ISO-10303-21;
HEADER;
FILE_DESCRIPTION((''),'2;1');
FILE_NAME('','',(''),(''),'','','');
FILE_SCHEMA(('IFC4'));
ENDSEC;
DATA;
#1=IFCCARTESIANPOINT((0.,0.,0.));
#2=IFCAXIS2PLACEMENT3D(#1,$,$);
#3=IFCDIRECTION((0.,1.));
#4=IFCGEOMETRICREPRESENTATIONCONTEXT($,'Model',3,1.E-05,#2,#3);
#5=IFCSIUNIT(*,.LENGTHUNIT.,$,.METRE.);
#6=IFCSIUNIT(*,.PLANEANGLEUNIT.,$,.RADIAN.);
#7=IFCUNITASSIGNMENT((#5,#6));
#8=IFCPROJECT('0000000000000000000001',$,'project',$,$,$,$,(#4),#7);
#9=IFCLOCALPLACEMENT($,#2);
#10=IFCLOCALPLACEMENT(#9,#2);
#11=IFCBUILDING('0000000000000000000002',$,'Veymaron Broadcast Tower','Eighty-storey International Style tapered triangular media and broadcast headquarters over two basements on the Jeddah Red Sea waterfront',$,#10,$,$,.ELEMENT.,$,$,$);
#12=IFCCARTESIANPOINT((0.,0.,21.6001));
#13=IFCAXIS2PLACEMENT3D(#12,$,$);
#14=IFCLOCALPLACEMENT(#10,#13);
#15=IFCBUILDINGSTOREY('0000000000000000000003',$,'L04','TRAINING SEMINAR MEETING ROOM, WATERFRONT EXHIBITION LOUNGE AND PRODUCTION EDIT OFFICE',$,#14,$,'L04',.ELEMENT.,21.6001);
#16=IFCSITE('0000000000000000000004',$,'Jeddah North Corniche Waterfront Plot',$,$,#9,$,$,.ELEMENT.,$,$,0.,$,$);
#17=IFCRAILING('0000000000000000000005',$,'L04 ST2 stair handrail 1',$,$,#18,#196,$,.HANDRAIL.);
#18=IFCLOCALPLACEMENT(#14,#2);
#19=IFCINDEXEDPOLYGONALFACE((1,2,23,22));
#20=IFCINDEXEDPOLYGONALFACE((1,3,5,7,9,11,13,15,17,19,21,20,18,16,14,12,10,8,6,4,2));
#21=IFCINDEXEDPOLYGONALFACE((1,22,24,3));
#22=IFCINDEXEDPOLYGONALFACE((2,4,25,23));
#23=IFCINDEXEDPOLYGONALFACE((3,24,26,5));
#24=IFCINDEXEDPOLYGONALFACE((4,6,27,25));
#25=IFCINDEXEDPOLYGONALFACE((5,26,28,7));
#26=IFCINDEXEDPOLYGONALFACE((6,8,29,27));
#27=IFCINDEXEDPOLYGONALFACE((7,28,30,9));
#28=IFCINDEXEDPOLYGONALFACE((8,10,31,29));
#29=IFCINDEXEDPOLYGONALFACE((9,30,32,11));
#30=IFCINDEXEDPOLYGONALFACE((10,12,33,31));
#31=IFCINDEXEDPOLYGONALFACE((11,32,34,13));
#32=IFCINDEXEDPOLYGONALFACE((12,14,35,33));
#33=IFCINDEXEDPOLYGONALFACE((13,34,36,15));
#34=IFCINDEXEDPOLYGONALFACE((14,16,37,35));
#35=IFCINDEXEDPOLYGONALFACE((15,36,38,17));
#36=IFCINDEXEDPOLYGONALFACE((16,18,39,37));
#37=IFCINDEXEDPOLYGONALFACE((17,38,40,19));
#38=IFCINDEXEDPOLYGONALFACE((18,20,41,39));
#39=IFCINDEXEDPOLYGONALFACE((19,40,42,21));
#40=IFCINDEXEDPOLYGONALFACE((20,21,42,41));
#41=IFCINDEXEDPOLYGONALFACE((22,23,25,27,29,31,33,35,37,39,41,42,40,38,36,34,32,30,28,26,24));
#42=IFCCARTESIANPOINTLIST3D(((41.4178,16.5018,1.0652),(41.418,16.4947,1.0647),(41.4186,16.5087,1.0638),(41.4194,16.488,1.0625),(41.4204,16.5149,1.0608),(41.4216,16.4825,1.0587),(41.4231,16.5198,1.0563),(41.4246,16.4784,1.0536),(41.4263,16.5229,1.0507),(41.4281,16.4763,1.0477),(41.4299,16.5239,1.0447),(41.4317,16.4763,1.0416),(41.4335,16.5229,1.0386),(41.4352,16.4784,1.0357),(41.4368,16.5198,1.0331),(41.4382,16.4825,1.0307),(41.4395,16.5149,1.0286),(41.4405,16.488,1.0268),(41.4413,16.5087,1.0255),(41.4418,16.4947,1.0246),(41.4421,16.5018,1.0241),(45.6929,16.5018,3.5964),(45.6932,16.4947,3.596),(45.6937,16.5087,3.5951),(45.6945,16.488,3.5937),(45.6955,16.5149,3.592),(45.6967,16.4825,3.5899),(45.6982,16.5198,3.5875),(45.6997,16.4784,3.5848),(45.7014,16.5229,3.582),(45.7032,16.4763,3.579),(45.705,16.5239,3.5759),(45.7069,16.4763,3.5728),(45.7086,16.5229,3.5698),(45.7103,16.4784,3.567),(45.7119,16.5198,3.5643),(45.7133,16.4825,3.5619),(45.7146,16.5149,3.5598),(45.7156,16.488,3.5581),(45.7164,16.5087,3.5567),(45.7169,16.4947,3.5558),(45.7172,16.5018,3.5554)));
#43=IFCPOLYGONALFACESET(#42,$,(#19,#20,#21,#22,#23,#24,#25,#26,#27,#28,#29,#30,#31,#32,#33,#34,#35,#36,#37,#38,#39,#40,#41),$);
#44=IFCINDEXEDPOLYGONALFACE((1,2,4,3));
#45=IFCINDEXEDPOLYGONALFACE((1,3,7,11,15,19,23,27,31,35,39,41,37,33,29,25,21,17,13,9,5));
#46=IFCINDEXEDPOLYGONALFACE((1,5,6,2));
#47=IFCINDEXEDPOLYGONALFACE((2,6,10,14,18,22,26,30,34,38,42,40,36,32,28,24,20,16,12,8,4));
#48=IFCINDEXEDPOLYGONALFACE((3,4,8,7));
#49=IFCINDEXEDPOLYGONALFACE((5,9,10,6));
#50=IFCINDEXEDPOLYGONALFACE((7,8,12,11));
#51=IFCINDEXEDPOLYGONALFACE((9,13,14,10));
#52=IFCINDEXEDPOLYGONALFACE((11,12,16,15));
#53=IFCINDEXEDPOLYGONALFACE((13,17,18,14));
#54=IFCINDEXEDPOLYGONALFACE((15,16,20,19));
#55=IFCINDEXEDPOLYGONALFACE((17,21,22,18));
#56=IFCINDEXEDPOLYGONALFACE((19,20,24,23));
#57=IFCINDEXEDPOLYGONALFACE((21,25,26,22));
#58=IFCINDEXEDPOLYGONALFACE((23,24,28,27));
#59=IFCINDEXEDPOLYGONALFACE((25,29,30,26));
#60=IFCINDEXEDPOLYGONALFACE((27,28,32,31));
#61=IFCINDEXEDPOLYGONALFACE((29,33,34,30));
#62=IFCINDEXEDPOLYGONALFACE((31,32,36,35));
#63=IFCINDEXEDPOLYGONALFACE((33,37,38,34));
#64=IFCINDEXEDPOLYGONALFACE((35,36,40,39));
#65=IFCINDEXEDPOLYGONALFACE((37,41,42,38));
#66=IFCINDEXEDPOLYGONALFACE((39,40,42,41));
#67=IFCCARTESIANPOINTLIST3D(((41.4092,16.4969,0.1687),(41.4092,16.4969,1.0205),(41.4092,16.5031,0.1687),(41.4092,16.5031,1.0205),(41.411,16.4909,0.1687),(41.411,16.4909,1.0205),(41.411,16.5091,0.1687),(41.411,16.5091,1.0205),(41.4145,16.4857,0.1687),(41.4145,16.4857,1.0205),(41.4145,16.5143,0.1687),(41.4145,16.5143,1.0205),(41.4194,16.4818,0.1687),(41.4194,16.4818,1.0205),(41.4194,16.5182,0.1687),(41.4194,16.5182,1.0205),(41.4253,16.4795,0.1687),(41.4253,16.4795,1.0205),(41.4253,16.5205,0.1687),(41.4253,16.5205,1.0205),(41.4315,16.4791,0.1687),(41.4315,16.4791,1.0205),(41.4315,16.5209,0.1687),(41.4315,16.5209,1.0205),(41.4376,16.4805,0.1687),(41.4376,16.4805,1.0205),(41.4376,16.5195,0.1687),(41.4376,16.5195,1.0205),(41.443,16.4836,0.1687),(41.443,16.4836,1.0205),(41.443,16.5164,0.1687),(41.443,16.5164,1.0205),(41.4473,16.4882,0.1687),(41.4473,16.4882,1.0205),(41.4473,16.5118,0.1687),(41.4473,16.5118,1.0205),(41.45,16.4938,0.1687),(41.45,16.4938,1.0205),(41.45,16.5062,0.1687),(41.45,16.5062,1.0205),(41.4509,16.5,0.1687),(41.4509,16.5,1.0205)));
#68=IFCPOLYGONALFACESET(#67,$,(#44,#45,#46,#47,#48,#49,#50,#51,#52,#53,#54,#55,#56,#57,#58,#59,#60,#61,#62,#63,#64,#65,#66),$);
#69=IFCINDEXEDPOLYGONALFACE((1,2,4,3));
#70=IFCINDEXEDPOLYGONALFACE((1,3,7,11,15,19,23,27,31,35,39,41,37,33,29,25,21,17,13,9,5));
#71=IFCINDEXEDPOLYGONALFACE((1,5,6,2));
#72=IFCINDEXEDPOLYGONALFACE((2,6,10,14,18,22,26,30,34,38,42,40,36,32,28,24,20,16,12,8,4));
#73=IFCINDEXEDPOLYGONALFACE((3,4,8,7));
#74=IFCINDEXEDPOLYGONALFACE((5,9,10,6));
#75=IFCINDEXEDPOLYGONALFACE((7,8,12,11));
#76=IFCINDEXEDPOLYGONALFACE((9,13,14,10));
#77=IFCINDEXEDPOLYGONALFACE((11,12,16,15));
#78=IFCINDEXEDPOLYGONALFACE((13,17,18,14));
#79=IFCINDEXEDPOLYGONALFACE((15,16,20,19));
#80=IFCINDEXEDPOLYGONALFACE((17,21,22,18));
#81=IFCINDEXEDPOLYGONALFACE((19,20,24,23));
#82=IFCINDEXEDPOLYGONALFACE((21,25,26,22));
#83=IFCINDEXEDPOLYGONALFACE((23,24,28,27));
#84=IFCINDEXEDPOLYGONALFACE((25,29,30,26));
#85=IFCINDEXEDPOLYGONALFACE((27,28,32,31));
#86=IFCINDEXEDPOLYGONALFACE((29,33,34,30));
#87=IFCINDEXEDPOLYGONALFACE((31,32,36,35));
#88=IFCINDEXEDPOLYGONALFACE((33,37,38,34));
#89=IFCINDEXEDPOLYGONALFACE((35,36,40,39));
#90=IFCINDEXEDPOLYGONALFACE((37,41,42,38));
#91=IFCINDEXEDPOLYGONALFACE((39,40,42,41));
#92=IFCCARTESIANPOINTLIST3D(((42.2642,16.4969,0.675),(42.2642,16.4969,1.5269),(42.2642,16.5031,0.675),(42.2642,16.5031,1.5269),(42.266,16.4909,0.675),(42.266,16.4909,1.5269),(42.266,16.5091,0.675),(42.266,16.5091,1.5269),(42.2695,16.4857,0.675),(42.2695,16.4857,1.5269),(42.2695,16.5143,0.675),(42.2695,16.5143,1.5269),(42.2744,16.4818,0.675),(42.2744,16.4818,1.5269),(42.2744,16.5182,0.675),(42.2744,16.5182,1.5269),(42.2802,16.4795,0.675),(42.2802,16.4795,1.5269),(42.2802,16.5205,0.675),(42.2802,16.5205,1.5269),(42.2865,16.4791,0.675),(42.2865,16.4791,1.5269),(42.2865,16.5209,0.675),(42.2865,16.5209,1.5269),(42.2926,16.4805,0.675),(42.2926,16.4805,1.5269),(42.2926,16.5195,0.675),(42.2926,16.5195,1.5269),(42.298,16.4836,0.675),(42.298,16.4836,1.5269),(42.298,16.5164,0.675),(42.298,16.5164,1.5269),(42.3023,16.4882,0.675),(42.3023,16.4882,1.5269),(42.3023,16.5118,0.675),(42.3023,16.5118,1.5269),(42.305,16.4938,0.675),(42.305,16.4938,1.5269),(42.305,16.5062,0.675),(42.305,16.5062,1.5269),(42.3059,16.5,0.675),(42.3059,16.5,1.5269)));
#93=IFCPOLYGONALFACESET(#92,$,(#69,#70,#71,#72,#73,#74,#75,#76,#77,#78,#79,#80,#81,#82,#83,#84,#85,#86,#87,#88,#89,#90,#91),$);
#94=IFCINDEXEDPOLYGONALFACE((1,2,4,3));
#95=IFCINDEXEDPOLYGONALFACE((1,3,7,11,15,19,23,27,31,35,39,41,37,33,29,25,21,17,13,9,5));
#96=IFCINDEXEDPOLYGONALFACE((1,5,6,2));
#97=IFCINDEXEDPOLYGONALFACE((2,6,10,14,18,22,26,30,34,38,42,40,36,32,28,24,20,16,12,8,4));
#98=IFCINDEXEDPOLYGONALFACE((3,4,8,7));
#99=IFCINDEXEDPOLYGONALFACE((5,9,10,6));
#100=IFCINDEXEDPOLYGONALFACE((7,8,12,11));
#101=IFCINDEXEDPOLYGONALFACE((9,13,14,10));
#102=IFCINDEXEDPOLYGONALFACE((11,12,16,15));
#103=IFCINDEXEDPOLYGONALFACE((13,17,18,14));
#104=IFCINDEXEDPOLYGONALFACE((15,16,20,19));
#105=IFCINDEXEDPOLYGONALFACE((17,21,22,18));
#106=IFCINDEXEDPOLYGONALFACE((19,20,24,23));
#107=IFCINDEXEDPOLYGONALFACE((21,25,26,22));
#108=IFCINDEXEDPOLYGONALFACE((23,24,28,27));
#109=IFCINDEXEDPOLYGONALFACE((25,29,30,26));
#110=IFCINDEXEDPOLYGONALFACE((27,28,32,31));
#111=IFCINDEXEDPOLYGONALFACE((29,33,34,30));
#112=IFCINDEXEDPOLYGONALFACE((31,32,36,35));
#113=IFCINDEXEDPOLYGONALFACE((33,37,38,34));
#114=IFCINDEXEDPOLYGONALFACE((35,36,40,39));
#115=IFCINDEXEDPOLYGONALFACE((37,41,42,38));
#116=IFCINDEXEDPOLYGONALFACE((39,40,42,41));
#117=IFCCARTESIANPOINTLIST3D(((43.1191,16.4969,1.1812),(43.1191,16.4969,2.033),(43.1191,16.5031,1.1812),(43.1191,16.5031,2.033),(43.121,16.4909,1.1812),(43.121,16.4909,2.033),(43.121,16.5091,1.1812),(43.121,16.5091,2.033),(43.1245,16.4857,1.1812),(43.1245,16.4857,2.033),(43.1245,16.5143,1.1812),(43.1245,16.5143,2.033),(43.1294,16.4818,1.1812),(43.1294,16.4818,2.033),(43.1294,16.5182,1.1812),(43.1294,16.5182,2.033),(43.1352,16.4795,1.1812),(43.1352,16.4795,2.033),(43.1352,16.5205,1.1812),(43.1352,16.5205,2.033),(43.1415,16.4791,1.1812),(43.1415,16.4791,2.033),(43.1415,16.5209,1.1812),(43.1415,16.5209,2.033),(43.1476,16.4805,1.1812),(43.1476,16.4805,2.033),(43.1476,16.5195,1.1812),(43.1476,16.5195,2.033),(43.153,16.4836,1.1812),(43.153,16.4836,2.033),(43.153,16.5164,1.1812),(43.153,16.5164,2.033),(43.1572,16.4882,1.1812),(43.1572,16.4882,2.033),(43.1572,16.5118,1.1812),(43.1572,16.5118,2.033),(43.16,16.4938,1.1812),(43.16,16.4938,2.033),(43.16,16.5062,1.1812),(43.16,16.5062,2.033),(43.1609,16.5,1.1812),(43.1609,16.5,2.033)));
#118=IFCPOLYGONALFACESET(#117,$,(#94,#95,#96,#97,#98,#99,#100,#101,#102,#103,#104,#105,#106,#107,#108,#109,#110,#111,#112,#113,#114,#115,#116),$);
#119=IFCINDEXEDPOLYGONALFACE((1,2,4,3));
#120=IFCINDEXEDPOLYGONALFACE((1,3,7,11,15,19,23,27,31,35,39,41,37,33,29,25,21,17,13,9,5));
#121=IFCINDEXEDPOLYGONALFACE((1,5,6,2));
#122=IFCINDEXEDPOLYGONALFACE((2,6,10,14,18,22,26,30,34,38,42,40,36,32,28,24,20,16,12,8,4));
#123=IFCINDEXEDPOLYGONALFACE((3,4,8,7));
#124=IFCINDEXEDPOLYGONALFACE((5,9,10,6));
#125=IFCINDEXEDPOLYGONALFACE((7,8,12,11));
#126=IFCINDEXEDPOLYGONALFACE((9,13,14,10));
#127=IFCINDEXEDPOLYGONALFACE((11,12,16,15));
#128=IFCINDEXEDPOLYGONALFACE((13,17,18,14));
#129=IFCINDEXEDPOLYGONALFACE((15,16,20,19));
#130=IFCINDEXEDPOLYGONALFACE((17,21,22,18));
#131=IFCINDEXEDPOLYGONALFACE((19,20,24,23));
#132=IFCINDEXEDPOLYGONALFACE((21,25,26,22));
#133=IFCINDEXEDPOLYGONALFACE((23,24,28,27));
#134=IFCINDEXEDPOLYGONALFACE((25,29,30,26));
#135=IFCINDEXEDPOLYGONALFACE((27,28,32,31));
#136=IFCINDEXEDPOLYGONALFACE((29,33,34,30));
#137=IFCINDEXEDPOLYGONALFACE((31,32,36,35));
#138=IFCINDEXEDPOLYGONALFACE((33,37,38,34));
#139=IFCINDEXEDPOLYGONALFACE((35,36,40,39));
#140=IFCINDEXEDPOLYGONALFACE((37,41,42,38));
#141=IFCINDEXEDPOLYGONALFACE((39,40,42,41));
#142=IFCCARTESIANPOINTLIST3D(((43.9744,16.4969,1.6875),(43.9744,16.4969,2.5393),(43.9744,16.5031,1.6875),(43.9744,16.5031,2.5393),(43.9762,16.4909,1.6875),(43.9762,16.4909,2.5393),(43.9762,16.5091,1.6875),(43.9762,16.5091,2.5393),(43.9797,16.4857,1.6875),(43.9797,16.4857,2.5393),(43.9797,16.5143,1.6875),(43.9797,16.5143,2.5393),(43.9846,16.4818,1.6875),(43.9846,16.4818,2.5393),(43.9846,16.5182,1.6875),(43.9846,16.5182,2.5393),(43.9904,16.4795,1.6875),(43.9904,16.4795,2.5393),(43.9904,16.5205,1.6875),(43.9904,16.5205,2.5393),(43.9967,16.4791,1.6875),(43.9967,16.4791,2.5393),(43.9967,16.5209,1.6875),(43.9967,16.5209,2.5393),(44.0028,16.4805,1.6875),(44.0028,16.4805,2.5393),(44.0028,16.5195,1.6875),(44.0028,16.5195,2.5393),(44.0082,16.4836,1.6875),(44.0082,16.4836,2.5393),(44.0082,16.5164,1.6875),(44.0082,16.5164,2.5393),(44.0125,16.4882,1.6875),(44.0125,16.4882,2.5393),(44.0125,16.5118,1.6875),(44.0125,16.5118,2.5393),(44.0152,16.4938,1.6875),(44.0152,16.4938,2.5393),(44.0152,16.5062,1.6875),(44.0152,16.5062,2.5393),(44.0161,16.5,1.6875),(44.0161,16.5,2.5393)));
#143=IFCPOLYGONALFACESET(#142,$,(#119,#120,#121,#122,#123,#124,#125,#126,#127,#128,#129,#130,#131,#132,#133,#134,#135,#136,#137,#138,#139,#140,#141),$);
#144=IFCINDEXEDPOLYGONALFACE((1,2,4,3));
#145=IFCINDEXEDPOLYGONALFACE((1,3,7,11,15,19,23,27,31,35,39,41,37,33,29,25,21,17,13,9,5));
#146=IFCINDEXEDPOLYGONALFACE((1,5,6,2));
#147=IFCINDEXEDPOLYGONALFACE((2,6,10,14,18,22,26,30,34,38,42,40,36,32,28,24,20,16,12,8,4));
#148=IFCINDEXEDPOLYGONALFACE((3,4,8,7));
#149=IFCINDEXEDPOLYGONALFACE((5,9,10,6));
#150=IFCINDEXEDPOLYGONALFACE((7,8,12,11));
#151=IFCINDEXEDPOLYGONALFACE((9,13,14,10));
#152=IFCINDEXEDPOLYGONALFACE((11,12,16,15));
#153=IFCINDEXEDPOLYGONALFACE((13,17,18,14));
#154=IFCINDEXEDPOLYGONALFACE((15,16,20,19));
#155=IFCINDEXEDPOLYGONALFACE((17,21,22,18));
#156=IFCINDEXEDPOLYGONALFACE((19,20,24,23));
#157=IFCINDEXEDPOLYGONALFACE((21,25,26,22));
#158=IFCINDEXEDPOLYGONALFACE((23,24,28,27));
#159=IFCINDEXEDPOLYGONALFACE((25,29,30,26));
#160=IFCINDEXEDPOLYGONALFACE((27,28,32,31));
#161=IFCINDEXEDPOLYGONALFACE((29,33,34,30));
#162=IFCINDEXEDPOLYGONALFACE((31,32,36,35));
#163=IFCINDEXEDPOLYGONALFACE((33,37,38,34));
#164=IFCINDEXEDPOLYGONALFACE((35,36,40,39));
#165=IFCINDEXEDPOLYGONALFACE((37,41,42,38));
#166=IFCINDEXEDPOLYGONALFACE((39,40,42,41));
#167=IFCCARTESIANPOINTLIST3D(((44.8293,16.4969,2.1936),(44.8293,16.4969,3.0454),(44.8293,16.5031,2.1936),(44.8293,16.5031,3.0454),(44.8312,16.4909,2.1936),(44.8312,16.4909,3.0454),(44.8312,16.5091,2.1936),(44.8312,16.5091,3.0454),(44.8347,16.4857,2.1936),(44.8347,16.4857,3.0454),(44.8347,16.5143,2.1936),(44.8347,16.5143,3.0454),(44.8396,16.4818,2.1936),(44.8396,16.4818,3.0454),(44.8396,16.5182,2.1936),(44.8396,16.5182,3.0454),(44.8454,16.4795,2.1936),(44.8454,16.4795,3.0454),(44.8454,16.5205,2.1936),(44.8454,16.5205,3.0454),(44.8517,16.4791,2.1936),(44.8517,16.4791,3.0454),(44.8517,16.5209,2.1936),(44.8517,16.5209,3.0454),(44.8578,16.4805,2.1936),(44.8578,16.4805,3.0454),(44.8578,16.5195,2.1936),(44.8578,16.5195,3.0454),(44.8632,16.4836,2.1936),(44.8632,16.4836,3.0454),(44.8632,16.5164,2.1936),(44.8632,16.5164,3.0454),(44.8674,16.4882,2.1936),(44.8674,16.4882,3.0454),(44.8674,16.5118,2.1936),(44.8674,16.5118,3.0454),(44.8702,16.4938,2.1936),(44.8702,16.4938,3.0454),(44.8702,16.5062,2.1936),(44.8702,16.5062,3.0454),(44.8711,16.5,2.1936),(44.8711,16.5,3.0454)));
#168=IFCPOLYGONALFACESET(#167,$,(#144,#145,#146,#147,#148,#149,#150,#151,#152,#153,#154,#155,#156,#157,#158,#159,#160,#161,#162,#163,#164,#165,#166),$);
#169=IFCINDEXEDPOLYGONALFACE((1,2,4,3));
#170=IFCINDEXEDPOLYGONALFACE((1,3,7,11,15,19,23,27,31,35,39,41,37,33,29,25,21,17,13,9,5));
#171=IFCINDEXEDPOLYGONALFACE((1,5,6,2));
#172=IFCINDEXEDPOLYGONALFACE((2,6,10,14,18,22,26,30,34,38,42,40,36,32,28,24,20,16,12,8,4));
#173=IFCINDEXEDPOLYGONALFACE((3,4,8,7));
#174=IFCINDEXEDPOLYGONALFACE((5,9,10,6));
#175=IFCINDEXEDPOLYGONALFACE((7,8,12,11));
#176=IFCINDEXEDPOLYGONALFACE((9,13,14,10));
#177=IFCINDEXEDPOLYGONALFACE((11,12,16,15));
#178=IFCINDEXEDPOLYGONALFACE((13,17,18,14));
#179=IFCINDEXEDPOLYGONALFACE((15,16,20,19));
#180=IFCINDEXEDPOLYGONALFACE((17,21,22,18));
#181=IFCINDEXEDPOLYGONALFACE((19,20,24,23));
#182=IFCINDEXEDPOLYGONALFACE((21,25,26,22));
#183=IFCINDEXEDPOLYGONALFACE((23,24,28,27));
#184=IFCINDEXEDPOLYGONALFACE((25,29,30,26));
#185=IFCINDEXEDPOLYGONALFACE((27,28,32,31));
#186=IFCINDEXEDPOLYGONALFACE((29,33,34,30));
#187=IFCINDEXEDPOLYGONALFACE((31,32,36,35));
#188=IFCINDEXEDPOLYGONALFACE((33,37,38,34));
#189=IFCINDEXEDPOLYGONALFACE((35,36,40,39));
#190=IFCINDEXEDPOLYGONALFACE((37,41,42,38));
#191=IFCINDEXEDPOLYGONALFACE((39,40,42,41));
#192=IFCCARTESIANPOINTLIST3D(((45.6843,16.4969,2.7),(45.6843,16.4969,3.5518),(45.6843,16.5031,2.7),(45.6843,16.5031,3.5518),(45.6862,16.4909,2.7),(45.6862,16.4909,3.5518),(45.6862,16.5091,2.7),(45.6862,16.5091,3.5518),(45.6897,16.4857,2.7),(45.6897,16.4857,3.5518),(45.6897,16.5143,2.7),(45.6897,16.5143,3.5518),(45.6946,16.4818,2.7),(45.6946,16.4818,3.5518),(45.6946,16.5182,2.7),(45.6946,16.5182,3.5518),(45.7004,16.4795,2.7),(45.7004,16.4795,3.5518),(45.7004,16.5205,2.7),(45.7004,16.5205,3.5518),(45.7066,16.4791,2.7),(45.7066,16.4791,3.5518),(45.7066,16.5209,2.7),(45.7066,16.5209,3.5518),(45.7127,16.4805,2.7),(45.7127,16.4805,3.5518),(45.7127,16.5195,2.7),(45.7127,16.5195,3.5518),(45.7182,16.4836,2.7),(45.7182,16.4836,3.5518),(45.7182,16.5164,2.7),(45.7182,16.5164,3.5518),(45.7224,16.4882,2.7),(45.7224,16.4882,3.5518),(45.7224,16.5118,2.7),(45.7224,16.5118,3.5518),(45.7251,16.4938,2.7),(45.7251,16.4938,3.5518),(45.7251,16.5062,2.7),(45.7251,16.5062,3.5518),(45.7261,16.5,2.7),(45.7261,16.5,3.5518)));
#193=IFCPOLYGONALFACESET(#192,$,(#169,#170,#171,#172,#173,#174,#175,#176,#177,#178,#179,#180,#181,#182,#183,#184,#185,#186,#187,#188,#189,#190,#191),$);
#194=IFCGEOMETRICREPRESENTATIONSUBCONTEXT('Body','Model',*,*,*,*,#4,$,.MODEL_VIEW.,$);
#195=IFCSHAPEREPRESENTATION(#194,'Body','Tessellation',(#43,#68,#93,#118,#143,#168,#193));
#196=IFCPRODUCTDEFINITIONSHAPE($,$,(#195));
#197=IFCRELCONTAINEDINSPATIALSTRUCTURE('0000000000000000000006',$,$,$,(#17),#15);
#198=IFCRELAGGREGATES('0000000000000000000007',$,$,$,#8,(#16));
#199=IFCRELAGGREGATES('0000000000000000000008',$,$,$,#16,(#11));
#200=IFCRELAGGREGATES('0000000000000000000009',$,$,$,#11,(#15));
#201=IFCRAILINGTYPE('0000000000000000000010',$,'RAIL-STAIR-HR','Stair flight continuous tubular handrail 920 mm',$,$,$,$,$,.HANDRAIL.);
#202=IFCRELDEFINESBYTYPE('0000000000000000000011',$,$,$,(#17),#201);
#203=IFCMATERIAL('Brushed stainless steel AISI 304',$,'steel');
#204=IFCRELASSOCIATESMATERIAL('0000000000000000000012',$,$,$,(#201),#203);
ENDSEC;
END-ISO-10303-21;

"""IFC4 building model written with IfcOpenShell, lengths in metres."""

from ifc_helpers import new_model, si_unit, direction, frame, origin, origin_2d, place, context, subcontext, project, spatial, circle, extrude, material, type_object, element, save


model = new_model("IFC4")

# Units and contexts
model_context = context("Model", 3, precision=1e-05, world=origin(), true_north=direction((0.0, 1.0)))
body_context = subcontext(model_context, "Body", "Model", "MODEL_VIEW")
ifc_project = project(units=[si_unit("LENGTHUNIT", "METRE"), si_unit("PLANEANGLEUNIT", "RADIAN")], contexts=[model_context])

# Site, building, storey
site_placement = place(None, origin())
site = spatial("IfcSite", under=ifc_project, at=site_placement, Name="Jeddah North Corniche Waterfront Plot", CompositionType="ELEMENT", RefElevation=0.0)
building_placement = place(site_placement, origin())
building = spatial("IfcBuilding", under=site, at=building_placement, Name="Veymaron Broadcast Tower", Description="Eighty-storey International Style tapered triangular media and broadcast headquarters over two basements on the Jeddah Red Sea waterfront", CompositionType="ELEMENT")
storey_placement = place(building_placement, frame((0.0, 0.0, 21.6001)))
storey = spatial("IfcBuildingStorey", under=building, at=storey_placement, Name="L04", Description="TRAINING SEMINAR MEETING ROOM, WATERFRONT EXHIBITION LOUNGE AND PRODUCTION EDIT OFFICE", LongName="L04", CompositionType="ELEMENT", Elevation=21.6001)

# Shared definitions
ifc_material_1 = material(Name="Brushed stainless steel AISI 304", Category="steel")

# Railing
railing_type_1 = type_object("IfcRailingType", Name="RAIL-STAIR-HR", Description="Stair flight continuous tubular handrail 920 mm", PredefinedType="HANDRAIL", material=ifc_material_1)
railing_1_placement = place(storey_placement, frame((41.4299, 16.5, 0.1687)))
element("IfcRailing", 1, at=railing_1_placement, inside=storey, type_object=railing_type_1, Name="L04 ST2 stair handrail 1", PredefinedType="HANDRAIL", context=body_context, shape_type="SweptSolid", body=[
    extrude(circle(Radius=0.0239, at=origin_2d()), frame((0.0, 0.0, 0.876), z_axis=(0.860483, 0.0, 0.509479), x_axis=(0.0, 1.0, 0.0)), (0.0, 0.0, 1.0), 4.9683),
    extrude(circle(Radius=0.021, at=origin_2d()), origin(), (0.0, 0.0, 1.0), 0.8518),
    extrude(circle(Radius=0.021, at=origin_2d()), frame((0.855, 0.0, 0.5063)), (0.0, 0.0, 1.0), 0.8518),
    extrude(circle(Radius=0.021, at=origin_2d()), frame((1.71, 0.0, 1.0125)), (0.0, 0.0, 1.0), 0.8518),
    extrude(circle(Radius=0.021, at=origin_2d()), frame((2.5652, 0.0, 1.5188)), (0.0, 0.0, 1.0), 0.8518),
    extrude(circle(Radius=0.021, at=origin_2d()), frame((3.4202, 0.0, 2.0249)), (0.0, 0.0, 1.0), 0.8518),
    extrude(circle(Radius=0.021, at=origin_2d()), frame((4.2751, 0.0, 2.5312)), (0.0, 0.0, 1.0), 0.8518),
])

save(model, "model.ifc")
